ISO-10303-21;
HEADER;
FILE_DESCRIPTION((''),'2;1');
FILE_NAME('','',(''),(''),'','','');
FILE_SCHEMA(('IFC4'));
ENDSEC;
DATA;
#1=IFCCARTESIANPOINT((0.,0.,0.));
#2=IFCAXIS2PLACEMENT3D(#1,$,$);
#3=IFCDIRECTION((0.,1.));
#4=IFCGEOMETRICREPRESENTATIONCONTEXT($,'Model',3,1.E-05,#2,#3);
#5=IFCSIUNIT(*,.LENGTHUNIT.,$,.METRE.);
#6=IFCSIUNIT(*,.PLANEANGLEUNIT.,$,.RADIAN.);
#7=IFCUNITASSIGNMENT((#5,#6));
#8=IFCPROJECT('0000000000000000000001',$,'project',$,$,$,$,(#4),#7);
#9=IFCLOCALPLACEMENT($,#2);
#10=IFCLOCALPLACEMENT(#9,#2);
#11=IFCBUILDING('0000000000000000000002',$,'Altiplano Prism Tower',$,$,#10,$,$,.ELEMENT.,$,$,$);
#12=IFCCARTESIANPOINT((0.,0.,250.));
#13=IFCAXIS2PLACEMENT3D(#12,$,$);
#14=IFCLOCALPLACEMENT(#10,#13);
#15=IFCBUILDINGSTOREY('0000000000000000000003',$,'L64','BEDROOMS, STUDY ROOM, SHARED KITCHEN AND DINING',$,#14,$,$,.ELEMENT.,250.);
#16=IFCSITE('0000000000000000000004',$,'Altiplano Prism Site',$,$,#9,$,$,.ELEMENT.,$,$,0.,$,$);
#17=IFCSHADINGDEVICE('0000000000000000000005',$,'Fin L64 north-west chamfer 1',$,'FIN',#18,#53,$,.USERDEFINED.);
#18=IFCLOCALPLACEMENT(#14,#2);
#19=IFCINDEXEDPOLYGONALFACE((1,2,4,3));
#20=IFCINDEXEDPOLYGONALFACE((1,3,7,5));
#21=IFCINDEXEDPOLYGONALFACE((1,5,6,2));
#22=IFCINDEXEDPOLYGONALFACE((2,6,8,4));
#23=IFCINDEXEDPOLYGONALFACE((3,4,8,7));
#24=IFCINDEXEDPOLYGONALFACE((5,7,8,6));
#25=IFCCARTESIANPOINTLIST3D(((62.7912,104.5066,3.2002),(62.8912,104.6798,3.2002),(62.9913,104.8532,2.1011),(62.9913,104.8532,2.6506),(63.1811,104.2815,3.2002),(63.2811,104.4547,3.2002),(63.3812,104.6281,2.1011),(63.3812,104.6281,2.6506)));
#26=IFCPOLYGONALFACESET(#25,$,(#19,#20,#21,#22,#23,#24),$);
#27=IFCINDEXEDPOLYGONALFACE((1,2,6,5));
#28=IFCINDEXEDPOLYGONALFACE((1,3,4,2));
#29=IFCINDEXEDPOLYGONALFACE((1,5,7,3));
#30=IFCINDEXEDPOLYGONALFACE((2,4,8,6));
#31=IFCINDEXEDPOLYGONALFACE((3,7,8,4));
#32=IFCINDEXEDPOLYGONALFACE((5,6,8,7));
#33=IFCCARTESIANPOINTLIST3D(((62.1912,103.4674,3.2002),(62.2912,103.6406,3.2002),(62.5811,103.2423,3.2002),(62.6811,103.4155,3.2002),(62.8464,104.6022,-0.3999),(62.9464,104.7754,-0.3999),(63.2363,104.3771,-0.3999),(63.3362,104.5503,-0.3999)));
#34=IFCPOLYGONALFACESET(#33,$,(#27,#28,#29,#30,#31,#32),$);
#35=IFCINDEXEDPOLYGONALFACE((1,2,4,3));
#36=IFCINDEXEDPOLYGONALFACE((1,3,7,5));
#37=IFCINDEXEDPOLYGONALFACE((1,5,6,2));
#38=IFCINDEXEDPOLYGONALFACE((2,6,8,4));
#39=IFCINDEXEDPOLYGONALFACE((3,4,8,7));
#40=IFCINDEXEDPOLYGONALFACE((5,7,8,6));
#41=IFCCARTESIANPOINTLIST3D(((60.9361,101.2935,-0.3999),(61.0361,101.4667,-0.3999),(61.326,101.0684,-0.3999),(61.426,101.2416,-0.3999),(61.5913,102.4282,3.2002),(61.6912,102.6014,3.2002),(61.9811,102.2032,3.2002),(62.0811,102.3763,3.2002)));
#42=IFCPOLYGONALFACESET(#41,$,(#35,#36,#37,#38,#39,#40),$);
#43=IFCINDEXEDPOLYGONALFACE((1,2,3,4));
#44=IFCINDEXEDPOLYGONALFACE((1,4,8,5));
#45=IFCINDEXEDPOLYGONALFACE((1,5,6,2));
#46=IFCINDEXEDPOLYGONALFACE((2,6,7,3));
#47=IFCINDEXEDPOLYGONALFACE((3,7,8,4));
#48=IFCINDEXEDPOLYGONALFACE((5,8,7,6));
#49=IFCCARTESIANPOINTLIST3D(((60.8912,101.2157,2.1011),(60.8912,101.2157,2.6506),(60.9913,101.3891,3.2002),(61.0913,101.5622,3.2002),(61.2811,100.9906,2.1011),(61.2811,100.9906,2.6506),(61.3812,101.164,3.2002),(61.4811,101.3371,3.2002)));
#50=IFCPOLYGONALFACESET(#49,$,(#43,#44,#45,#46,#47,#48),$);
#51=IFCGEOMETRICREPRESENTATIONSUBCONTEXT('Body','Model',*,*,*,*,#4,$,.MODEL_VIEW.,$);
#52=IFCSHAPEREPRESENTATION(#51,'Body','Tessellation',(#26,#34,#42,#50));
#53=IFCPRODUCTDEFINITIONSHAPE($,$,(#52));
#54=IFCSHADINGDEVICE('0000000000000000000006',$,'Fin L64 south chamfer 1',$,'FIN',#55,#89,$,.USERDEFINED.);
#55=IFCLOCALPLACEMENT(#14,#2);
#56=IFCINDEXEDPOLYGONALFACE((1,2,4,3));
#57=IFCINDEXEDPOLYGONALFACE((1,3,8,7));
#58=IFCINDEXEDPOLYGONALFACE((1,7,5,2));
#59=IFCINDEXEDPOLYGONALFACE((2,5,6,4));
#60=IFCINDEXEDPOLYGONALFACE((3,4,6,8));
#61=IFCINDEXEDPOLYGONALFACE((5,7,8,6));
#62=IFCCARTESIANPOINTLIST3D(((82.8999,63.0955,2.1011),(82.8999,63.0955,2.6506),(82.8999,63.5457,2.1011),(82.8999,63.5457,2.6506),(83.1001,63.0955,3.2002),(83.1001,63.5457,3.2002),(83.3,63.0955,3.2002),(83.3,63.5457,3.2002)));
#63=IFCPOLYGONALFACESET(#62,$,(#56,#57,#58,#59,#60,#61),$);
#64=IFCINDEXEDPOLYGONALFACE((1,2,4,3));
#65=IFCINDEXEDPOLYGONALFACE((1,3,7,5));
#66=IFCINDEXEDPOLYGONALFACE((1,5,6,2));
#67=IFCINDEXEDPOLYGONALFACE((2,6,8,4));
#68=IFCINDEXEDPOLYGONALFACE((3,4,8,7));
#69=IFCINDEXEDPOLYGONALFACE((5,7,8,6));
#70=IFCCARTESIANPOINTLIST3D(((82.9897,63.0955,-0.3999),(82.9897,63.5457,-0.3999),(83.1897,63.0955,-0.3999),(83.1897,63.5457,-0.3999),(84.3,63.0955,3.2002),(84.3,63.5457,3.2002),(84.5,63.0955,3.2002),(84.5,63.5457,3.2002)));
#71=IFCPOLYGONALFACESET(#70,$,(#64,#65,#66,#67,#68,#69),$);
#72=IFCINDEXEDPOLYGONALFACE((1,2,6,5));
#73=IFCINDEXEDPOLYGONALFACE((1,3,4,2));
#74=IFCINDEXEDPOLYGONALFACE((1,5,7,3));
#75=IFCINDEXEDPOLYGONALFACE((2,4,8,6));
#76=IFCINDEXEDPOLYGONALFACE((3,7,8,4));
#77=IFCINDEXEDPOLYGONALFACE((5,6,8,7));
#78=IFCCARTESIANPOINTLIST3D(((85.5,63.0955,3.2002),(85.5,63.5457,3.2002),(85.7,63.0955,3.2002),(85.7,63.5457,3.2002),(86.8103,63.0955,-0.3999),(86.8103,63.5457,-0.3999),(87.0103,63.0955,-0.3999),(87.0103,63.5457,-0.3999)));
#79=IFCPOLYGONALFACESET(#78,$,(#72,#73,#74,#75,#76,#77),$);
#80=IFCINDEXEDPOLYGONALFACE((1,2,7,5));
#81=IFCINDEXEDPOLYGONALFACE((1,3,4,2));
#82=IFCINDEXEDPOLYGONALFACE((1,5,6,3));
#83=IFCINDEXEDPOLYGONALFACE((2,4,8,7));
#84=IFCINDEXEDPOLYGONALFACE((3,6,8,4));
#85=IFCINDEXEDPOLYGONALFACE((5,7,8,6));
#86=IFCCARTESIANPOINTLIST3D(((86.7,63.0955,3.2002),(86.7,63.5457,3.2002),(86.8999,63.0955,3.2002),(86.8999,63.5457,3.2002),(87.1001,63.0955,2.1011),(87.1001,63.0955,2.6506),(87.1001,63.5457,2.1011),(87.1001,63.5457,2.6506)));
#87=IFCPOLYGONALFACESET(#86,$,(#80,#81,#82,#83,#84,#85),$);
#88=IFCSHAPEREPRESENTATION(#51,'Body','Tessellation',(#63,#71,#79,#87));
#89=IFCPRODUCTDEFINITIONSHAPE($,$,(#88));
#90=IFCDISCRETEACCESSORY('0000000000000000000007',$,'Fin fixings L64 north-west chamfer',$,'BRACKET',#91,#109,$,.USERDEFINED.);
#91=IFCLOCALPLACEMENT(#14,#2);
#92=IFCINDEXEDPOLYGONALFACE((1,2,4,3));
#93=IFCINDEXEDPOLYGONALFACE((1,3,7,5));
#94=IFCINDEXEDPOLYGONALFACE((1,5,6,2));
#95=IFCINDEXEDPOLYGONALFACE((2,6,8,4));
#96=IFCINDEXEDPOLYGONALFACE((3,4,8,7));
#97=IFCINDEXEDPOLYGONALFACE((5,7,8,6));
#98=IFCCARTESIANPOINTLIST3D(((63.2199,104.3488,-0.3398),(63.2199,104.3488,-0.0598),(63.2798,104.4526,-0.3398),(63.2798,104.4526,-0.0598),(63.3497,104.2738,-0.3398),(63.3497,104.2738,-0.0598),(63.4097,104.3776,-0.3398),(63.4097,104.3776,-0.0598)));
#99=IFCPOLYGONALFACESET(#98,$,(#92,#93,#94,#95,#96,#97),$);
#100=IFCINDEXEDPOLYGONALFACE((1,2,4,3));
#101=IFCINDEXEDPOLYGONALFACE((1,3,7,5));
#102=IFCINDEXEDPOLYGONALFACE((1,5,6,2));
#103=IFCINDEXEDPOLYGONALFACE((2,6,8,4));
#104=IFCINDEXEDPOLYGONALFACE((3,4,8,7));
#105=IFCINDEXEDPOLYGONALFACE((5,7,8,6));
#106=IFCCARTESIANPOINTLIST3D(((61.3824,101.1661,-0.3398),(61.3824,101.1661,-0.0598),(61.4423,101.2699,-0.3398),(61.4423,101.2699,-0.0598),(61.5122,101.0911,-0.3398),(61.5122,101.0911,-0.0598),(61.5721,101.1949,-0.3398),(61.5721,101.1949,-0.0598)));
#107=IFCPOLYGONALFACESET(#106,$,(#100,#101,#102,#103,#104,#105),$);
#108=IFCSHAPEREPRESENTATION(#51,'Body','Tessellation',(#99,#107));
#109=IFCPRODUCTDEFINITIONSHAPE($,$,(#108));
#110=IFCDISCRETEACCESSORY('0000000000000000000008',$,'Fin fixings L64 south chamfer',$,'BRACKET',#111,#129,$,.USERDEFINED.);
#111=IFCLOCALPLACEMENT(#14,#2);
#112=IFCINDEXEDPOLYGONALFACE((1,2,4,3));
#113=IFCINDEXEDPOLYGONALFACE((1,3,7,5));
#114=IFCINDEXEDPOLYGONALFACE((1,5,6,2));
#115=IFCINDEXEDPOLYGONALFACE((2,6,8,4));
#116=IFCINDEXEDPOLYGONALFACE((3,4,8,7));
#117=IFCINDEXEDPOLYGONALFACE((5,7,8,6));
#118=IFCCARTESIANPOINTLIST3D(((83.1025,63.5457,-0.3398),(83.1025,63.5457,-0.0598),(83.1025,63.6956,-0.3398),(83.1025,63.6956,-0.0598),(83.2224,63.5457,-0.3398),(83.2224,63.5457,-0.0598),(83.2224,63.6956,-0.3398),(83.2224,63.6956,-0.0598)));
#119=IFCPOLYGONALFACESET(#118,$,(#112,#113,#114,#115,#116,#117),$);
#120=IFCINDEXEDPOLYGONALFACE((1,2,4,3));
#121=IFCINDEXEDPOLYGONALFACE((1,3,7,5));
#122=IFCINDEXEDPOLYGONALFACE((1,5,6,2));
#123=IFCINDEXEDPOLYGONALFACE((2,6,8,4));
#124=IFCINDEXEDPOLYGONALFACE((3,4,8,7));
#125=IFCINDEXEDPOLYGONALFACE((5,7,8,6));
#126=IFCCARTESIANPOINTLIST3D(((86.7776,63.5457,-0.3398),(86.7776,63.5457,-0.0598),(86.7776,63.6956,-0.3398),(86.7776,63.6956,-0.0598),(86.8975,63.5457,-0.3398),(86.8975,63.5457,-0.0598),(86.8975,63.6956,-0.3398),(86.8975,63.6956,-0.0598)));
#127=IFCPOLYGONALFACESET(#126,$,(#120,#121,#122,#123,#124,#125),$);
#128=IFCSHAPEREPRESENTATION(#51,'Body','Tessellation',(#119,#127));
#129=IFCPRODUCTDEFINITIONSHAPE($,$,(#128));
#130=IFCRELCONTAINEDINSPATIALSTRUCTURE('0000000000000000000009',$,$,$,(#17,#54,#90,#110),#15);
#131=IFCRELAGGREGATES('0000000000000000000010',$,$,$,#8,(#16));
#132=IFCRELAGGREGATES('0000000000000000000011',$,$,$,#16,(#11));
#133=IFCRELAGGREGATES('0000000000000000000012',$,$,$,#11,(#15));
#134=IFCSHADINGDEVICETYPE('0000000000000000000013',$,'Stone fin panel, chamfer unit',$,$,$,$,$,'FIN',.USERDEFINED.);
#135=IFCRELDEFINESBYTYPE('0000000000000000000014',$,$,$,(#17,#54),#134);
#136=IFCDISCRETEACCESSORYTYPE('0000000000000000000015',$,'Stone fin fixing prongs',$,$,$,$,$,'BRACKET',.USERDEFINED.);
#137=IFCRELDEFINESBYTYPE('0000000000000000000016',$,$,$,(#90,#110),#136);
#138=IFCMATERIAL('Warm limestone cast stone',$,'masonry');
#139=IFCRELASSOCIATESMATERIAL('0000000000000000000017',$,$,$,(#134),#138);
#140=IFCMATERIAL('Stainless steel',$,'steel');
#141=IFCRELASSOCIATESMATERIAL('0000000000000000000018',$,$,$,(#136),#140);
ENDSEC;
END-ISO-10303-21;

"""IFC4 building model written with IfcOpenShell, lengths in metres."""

from ifc_helpers import new_model, si_unit, direction, frame, origin, place, context, subcontext, project, spatial, polyline, outline, extrude, source, transform, mapped, material, type_object, element, save


model = new_model("IFC4")

# Units and contexts
model_context = context("Model", 3, precision=1e-05, world=origin(), true_north=direction((0.0, 1.0)))
body_context = subcontext(model_context, "Body", "Model", "MODEL_VIEW")
ifc_project = project(units=[si_unit("LENGTHUNIT", "METRE"), si_unit("PLANEANGLEUNIT", "RADIAN")], contexts=[model_context])

# Site, building, storey
site_placement = place(None, origin())
site = spatial("IfcSite", under=ifc_project, at=site_placement, Name="Altiplano Prism Site", CompositionType="ELEMENT", RefElevation=0.0)
building_placement = place(site_placement, origin())
building = spatial("IfcBuilding", under=site, at=building_placement, Name="Altiplano Prism Tower", CompositionType="ELEMENT")
storey_placement = place(building_placement, frame((0.0, 0.0, 250.0)))
storey = spatial("IfcBuildingStorey", under=building, at=storey_placement, Name="L64", Description="BEDROOMS, STUDY ROOM, SHARED KITCHEN AND DINING", CompositionType="ELEMENT", Elevation=250.0)

# Shading devices
ifc_material_1 = material(Name="Warm limestone cast stone", Category="masonry")
shading_device_type_1 = type_object("IfcShadingDeviceType", Name="Stone fin panel, chamfer unit", ElementType="FIN", PredefinedType="USERDEFINED", material=ifc_material_1)
shared_shape_1 = source(origin(), body_context, "Body", "SweptSolid", [
    extrude(outline(polyline([(-2.1001, 2.501), (-1.7, 3.6001), (-1.8999, 3.6001), (-2.1001, 3.0505), (-2.1001, 2.501)])), frame((0.0, -0.1499, 0.0), z_axis=(0.0, -1.0, 0.0), x_axis=(1.0, 0.0, 0.0)), (0.0, 0.0, 1.0), 0.4502),
    extrude(outline(polyline([(-2.0103, 0.0), (-1.8103, 0.0), (-0.5, 3.6001), (-0.7, 3.6001), (-2.0103, 0.0)])), frame((0.0, -0.1499, 0.0), z_axis=(0.0, -1.0, 0.0), x_axis=(1.0, 0.0, 0.0)), (0.0, 0.0, 1.0), 0.4502),
    extrude(outline(polyline([(1.8103, 0.0), (2.0103, 0.0), (0.7, 3.6001), (0.5, 3.6001), (1.8103, 0.0)])), frame((0.0, -0.1499, 0.0), z_axis=(0.0, -1.0, 0.0), x_axis=(1.0, 0.0, 0.0)), (0.0, 0.0, 1.0), 0.4502),
    extrude(outline(polyline([(2.1001, 3.0505), (1.8999, 3.6001), (1.7, 3.6001), (2.1001, 2.501), (2.1001, 3.0505)])), frame((0.0, -0.1499, 0.0), z_axis=(0.0, -1.0, 0.0), x_axis=(1.0, 0.0, 0.0)), (0.0, 0.0, 1.0), 0.4502),
])
shading_device_1_placement = place(storey_placement, origin())
element("IfcShadingDevice", 1, at=shading_device_1_placement, inside=storey, type_object=shading_device_type_1, Name="Fin L64 north-west chamfer 1", ObjectType="FIN", PredefinedType="USERDEFINED", context=body_context, shape_type="MappedRepresentation", body=[
    mapped(shared_shape_1, transform((62.4609, 102.7344, -0.3999), x_axis=(-0.5, -0.866025, 0.0), y_axis=(0.866025, -0.5, 0.0), z_axis=(0.0, 0.0, 1.0))),
])
shading_device_2_placement = place(storey_placement, origin())
element("IfcShadingDevice", 2, at=shading_device_2_placement, inside=storey, type_object=shading_device_type_1, Name="Fin L64 south chamfer 1", ObjectType="FIN", PredefinedType="USERDEFINED", context=body_context, shape_type="MappedRepresentation", body=[
    mapped(shared_shape_1, transform((85.0, 63.6956, -0.3999), x_axis=(1.0, 0.0, 0.0), y_axis=(0.0, 1.0, 0.0), z_axis=(0.0, 0.0, 1.0))),
])

# Discrete accessories
ifc_material_2 = material(Name="Stainless steel", Category="steel")
discrete_accessory_type = type_object("IfcDiscreteAccessoryType", Name="Stone fin fixing prongs", ElementType="BRACKET", PredefinedType="USERDEFINED", material=ifc_material_2)
shared_shape_2 = source(origin(), body_context, "Body", "SweptSolid", [
    extrude(outline(polyline([(-1.8975, 0.0601), (-1.7776, 0.0601), (-1.7776, 0.3401), (-1.8975, 0.3401), (-1.8975, 0.0601)])), frame((0.0, 0.0, 0.0), z_axis=(0.0, -1.0, 0.0), x_axis=(1.0, 0.0, 0.0)), (0.0, 0.0, 1.0), 0.1499),
    extrude(outline(polyline([(1.7776, 0.0601), (1.8975, 0.0601), (1.8975, 0.3401), (1.7776, 0.3401), (1.7776, 0.0601)])), frame((0.0, 0.0, 0.0), z_axis=(0.0, -1.0, 0.0), x_axis=(1.0, 0.0, 0.0)), (0.0, 0.0, 1.0), 0.1499),
])
discrete_accessory_1_placement = place(storey_placement, origin())
element("IfcDiscreteAccessory", 3, at=discrete_accessory_1_placement, inside=storey, type_object=discrete_accessory_type, Name="Fin fixings L64 north-west chamfer", ObjectType="BRACKET", PredefinedType="USERDEFINED", context=body_context, shape_type="MappedRepresentation", body=[
    mapped(shared_shape_2, transform((62.4609, 102.7344, -0.3999), x_axis=(-0.5, -0.866025, 0.0), y_axis=(0.866025, -0.5, 0.0), z_axis=(0.0, 0.0, 1.0))),
])
discrete_accessory_2_placement = place(storey_placement, origin())
element("IfcDiscreteAccessory", 4, at=discrete_accessory_2_placement, inside=storey, type_object=discrete_accessory_type, Name="Fin fixings L64 south chamfer", ObjectType="BRACKET", PredefinedType="USERDEFINED", context=body_context, shape_type="MappedRepresentation", body=[
    mapped(shared_shape_2, transform((85.0, 63.6956, -0.3999), x_axis=(1.0, 0.0, 0.0), y_axis=(0.0, 1.0, 0.0), z_axis=(0.0, 0.0, 1.0))),
])

save(model, "model.ifc")
